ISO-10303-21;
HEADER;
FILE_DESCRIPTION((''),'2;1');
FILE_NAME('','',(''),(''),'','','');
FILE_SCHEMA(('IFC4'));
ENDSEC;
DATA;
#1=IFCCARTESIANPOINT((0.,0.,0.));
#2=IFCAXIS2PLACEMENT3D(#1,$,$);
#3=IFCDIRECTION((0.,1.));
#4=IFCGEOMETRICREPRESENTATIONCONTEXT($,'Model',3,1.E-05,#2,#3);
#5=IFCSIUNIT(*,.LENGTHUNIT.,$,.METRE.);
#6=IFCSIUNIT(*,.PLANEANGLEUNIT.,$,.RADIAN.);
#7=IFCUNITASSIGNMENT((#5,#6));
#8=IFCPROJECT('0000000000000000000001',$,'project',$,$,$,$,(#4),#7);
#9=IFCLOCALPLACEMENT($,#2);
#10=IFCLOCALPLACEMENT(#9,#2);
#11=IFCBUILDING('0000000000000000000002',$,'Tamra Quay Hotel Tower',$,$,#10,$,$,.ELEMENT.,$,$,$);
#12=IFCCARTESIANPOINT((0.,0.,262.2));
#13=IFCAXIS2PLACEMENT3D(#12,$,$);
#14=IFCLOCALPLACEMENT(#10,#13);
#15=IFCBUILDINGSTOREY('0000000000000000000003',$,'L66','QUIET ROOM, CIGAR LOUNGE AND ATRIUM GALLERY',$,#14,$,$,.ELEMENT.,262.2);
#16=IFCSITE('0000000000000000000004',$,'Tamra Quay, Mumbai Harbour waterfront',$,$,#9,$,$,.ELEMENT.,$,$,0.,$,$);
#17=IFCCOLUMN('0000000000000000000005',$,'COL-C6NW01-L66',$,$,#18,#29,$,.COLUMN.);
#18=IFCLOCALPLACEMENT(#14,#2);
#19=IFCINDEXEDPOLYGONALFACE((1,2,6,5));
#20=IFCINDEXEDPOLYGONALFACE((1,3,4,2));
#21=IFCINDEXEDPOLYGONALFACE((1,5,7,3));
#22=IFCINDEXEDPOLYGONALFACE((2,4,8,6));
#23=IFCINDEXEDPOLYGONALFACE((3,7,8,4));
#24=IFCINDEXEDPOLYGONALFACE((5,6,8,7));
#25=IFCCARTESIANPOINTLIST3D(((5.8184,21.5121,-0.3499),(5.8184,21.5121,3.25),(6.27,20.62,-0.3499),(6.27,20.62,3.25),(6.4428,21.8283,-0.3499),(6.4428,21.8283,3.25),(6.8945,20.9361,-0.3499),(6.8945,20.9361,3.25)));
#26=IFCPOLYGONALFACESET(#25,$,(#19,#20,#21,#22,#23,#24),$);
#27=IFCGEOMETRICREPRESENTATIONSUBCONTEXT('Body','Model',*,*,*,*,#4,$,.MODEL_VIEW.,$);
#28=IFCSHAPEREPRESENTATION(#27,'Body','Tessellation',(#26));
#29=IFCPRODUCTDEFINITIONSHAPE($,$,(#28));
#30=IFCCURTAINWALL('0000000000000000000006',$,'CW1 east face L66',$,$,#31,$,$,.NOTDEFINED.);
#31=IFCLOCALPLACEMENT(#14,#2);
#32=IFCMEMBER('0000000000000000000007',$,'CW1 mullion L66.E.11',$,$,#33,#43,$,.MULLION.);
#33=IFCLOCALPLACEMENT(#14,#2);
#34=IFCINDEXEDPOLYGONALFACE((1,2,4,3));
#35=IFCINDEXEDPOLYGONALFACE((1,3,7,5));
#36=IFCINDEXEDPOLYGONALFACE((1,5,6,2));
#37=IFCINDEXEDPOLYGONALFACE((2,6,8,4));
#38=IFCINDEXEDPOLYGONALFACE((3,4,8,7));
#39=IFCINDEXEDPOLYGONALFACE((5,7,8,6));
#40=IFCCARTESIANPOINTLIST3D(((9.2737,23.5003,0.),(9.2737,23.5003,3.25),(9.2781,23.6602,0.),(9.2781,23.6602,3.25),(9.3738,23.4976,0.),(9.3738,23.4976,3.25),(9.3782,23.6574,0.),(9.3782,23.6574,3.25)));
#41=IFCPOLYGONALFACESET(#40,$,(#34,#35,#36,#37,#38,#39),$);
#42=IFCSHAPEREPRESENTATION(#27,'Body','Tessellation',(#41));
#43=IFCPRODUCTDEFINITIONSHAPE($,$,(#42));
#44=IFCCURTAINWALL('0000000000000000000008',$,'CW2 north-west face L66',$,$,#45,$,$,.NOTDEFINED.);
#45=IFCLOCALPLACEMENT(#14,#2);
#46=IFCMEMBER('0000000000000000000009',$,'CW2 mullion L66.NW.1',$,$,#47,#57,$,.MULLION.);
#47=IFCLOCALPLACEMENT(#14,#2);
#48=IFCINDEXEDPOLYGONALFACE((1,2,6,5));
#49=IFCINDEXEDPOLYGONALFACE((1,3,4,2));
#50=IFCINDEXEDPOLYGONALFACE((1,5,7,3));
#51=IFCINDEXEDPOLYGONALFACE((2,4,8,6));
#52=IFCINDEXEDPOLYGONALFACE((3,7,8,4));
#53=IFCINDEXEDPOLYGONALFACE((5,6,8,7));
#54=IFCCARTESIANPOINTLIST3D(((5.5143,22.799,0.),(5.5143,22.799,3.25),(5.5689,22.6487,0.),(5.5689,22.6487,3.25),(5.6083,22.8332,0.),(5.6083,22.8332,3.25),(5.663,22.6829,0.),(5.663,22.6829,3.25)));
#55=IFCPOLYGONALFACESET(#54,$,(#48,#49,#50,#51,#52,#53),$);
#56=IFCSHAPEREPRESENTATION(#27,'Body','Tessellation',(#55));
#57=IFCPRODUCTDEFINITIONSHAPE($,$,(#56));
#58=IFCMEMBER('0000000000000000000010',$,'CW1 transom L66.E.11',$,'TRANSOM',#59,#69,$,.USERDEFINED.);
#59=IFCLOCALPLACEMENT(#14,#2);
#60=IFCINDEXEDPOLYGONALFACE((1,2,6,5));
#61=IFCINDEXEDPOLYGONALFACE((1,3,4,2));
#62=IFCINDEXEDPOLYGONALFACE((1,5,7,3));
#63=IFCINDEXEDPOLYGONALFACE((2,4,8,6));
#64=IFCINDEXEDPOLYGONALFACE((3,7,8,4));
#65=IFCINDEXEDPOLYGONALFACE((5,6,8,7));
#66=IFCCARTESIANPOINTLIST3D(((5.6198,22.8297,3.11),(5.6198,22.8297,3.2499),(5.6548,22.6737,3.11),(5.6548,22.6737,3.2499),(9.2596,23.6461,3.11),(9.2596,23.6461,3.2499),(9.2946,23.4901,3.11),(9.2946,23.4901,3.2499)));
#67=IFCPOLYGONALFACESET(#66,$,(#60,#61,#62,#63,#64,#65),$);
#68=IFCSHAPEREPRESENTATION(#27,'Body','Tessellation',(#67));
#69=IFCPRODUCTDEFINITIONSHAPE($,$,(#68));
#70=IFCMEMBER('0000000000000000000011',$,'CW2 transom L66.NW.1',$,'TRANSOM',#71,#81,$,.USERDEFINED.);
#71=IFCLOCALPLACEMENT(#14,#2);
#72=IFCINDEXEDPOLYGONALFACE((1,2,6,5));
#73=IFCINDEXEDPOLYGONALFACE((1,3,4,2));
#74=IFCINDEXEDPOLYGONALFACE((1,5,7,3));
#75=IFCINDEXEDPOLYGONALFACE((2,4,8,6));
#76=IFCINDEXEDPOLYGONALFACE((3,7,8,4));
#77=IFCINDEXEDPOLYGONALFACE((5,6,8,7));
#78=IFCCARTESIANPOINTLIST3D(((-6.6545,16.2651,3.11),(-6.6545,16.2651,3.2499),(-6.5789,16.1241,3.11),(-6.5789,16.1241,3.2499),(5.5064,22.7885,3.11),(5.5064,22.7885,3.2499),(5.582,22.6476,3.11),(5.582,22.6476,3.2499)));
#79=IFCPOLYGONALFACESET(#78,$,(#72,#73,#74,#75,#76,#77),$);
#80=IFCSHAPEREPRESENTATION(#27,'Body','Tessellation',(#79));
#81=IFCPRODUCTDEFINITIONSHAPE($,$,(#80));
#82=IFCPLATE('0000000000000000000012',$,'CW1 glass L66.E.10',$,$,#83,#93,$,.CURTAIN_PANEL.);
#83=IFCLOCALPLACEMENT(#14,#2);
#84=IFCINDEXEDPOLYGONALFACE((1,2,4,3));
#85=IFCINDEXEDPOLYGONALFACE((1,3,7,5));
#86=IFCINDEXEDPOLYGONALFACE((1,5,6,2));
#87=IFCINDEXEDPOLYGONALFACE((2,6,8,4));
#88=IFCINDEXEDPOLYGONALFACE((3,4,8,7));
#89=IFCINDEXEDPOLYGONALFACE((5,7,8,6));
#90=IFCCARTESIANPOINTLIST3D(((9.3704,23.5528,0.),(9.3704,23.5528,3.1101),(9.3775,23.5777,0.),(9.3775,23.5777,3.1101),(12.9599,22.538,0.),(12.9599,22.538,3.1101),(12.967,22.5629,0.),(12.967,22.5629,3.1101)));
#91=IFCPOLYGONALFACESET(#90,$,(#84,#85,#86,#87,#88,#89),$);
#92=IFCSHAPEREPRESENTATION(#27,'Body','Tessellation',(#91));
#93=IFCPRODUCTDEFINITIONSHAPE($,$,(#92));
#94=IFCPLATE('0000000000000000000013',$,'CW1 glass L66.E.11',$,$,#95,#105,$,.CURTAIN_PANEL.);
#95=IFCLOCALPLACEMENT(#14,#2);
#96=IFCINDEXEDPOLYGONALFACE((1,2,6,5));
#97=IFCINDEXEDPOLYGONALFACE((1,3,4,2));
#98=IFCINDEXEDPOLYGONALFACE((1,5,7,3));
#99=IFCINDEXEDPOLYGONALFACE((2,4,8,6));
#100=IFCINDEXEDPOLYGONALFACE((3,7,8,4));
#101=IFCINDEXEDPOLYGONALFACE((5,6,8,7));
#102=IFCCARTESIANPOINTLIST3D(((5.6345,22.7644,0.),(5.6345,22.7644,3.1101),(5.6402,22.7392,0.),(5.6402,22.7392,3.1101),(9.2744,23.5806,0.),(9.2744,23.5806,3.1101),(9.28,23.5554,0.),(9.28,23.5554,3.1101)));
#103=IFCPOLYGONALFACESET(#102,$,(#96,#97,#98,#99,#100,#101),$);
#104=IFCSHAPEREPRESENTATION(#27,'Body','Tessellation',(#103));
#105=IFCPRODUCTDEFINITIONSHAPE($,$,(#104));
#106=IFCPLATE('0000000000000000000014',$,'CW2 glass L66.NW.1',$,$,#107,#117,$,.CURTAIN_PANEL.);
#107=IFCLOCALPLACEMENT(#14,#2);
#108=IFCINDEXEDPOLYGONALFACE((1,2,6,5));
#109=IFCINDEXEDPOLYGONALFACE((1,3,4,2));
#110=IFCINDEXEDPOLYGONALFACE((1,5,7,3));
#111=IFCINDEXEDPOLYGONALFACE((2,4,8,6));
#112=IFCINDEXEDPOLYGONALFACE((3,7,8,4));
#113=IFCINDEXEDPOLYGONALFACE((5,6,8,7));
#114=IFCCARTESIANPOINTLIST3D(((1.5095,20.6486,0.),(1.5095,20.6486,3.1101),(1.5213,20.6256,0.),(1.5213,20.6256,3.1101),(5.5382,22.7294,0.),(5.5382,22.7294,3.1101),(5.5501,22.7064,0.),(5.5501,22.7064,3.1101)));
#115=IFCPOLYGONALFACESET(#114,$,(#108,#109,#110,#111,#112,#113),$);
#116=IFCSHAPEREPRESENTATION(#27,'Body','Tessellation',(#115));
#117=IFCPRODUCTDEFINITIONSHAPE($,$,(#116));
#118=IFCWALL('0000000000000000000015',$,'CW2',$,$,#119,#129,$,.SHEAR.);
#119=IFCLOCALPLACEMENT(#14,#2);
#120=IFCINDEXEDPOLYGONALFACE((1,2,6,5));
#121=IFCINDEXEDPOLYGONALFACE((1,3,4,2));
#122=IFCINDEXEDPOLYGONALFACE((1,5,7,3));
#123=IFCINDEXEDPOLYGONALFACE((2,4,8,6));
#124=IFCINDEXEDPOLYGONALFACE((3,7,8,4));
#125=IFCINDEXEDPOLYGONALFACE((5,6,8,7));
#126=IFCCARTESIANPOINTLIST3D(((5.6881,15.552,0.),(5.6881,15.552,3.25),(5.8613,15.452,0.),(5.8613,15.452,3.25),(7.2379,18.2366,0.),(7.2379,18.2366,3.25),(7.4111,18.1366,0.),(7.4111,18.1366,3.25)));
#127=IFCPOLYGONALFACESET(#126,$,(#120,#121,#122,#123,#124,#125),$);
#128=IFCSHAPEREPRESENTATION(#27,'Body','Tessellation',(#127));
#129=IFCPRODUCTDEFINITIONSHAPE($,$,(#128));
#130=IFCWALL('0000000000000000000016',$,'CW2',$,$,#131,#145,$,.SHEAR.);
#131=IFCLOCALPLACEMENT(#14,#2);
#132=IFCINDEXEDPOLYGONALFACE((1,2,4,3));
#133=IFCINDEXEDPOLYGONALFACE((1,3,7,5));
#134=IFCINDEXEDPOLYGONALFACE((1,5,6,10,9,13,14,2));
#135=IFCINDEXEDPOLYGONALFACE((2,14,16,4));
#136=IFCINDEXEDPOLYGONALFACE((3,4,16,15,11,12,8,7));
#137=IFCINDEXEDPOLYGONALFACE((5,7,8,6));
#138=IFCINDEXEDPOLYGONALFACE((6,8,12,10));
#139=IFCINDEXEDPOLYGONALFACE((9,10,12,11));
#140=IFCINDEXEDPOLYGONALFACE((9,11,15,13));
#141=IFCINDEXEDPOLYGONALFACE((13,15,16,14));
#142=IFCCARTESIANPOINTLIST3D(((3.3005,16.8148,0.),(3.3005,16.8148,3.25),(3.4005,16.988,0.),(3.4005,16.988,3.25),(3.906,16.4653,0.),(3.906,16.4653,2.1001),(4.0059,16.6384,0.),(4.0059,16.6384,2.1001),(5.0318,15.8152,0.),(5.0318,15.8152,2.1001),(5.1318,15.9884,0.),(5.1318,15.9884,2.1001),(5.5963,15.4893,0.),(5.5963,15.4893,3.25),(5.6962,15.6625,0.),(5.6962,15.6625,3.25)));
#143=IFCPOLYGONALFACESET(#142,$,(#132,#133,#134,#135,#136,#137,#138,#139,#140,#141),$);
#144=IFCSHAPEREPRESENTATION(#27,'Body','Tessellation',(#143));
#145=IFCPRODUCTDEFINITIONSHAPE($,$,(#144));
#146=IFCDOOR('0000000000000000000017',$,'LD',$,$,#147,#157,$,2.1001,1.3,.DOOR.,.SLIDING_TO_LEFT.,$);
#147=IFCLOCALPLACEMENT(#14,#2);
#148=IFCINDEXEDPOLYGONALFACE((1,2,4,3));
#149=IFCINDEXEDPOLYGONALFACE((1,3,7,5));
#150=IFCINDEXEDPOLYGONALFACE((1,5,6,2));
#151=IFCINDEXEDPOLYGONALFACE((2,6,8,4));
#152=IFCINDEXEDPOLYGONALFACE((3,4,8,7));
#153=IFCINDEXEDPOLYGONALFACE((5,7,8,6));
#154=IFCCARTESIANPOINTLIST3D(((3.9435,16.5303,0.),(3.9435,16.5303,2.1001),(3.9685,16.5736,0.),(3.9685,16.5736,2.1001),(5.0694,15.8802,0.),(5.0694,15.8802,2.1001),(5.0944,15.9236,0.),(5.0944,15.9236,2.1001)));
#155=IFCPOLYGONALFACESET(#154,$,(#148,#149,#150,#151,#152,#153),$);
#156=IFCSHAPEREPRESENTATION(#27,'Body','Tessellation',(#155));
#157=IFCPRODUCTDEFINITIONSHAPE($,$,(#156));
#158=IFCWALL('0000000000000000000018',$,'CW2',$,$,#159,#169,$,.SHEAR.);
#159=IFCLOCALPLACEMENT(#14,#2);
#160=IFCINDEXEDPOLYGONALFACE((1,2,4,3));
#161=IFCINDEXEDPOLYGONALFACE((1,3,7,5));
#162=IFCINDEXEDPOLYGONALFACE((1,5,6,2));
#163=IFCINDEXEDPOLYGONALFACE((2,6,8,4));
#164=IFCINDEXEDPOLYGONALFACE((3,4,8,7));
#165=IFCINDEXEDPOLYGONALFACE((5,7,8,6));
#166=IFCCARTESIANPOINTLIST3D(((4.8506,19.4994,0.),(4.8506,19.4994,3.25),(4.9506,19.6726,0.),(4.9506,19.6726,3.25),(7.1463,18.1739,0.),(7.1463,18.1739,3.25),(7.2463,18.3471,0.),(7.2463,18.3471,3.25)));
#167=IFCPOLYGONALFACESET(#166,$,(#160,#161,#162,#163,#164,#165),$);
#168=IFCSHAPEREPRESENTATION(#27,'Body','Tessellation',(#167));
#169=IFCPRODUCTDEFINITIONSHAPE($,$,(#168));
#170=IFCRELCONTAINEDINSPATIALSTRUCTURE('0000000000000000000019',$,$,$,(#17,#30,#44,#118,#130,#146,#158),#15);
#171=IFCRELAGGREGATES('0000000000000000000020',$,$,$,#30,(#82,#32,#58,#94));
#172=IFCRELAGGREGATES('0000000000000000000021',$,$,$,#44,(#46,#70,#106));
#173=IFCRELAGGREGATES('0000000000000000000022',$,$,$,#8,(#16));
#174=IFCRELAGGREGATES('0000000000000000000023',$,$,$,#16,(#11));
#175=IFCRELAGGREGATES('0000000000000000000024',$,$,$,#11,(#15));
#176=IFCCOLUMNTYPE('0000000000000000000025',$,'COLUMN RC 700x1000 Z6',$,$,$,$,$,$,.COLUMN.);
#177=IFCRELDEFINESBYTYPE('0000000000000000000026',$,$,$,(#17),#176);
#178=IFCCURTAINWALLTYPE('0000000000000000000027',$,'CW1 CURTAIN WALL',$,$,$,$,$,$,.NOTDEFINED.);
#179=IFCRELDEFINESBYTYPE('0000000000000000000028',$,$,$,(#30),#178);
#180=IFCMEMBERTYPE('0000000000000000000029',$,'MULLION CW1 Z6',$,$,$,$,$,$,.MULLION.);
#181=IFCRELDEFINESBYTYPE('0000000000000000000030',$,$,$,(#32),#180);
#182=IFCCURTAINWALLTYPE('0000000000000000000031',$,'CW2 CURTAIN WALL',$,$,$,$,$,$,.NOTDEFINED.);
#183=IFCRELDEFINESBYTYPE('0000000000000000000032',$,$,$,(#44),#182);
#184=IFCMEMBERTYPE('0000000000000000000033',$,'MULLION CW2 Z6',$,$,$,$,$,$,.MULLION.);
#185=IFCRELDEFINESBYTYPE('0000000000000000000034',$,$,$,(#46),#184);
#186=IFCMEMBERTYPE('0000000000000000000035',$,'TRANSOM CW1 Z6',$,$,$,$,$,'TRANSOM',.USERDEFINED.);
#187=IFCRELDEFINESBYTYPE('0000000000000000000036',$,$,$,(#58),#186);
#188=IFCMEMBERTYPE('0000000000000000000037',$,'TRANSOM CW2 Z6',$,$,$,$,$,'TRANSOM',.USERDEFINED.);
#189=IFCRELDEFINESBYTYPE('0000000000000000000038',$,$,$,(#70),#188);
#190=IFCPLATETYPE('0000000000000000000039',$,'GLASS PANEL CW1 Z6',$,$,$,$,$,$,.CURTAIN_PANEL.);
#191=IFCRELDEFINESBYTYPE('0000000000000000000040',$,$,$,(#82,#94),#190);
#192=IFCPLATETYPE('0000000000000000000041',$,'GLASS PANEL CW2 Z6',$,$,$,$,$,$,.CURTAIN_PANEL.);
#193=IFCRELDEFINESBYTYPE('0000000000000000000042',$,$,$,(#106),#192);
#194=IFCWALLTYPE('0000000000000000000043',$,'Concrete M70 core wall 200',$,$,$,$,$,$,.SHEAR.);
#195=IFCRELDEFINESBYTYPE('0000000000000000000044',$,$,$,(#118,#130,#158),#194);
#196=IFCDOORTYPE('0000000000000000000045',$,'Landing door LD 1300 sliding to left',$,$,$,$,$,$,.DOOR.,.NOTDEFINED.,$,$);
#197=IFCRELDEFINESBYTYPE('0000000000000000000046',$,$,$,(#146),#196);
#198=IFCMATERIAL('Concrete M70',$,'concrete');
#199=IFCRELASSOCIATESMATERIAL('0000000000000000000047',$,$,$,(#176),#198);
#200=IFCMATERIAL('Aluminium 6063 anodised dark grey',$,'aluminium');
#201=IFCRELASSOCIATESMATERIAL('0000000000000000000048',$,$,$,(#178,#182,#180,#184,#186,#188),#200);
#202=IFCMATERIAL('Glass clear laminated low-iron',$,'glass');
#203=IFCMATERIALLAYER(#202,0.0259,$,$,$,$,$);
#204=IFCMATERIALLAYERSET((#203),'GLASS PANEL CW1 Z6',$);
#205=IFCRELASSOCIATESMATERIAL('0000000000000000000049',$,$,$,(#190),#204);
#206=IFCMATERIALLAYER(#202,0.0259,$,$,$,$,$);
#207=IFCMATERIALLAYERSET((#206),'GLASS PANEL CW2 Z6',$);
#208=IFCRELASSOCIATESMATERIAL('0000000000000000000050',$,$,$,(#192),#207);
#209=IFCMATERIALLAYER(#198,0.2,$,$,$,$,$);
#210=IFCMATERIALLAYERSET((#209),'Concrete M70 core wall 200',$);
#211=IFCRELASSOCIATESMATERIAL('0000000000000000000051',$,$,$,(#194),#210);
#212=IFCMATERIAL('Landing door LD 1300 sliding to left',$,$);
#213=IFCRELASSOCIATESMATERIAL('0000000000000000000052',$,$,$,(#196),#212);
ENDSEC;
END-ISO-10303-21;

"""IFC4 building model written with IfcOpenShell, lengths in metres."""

from ifc_helpers import new_model, si_unit, direction, frame, frame_2d, origin, origin_2d, place, context, subcontext, project, spatial, rectangle, extrude, material, layer, layer_set, material_profile, profile_set, type_object, element, fill, aggregate, save


model = new_model("IFC4")

# Units and contexts
model_context = context("Model", 3, precision=1e-05, world=origin(), true_north=direction((0.0, 1.0)))
body_context = subcontext(model_context, "Body", "Model", "MODEL_VIEW")
ifc_project = project(units=[si_unit("LENGTHUNIT", "METRE"), si_unit("PLANEANGLEUNIT", "RADIAN")], contexts=[model_context])

# Site, building, storey
site_placement = place(None, origin())
site = spatial("IfcSite", under=ifc_project, at=site_placement, Name="Tamra Quay, Mumbai Harbour waterfront", CompositionType="ELEMENT", RefElevation=0.0)
building_placement = place(site_placement, origin())
building = spatial("IfcBuilding", under=site, at=building_placement, Name="Tamra Quay Hotel Tower", CompositionType="ELEMENT")
storey_placement = place(building_placement, frame((0.0, 0.0, 262.2)))
storey = spatial("IfcBuildingStorey", under=building, at=storey_placement, Name="L66", Description="QUIET ROOM, CIGAR LOUNGE AND ATRIUM GALLERY", CompositionType="ELEMENT", Elevation=262.2)

# Column
ifc_material_1 = material(Name="Concrete M70", Category="concrete")
ifc_material_profile_1 = material_profile(ifc_material_1, rectangle(XDim=1.0, YDim=0.7, at=origin_2d()), Name="COLUMN RC 700x1000 Z6")
ifc_profile_set_1 = profile_set([ifc_material_profile_1], Name="Concrete M70")
column_type = type_object("IfcColumnType", Name="COLUMN RC 700x1000 Z6", PredefinedType="COLUMN", material=ifc_profile_set_1)
column_placement = place(storey_placement, frame((6.3564, 21.2241, -0.3499), z_axis=(0.0, 0.0, 1.0), x_axis=(-0.451686, 0.892177, 0.0)))
element("IfcColumn", 1, at=column_placement, inside=storey, type_object=column_type, Name="COL-C6NW01-L66", PredefinedType="COLUMN", context=body_context, shape_type="SweptSolid", body=[
    extrude(rectangle(XDim=1.0, YDim=0.7, at=origin_2d()), origin(), (0.0, 0.0, 1.0), 3.5999),
])

# Curtain walls, members
ifc_material_2 = material(Name="Aluminium 6063 anodised dark grey", Category="aluminium")
curtain_wall_type_1 = type_object("IfcCurtainWallType", Name="CW1 CURTAIN WALL", PredefinedType="NOTDEFINED", material=ifc_material_2)
curtain_wall_1_placement = place(storey_placement, origin())
curtain_wall_1 = element("IfcCurtainWall", 2, at=curtain_wall_1_placement, inside=storey, type_object=curtain_wall_type_1, Name="CW1 east face L66", PredefinedType="NOTDEFINED")
ifc_material_profile_2 = material_profile(ifc_material_2, rectangle(XDim=0.1599, YDim=0.1001, at=origin_2d()), Name="MULLION 100X160")
ifc_profile_set_2 = profile_set([ifc_material_profile_2], Name="Aluminium 6063 anodised dark grey")
member_type_1 = type_object("IfcMemberType", Name="MULLION CW1 Z6", PredefinedType="MULLION", material=ifc_profile_set_2)
member_1_placement = place(storey_placement, frame((9.3259, 23.5789, 0.0), z_axis=(0.0, 0.0, 1.0), x_axis=(0.027469, 0.999623, 0.0)))
member_1 = element("IfcMember", 3, at=member_1_placement, type_object=member_type_1, Name="CW1 mullion L66.E.11", PredefinedType="MULLION", context=body_context, shape_type="SweptSolid", body=[
    extrude(rectangle(XDim=0.1599, YDim=0.1001, at=origin_2d()), origin(), (0.0, 0.0, 1.0), 3.25),
])
curtain_wall_type_2 = type_object("IfcCurtainWallType", Name="CW2 CURTAIN WALL", PredefinedType="NOTDEFINED", material=ifc_material_2)
curtain_wall_2_placement = place(storey_placement, origin())
curtain_wall_2 = element("IfcCurtainWall", 4, at=curtain_wall_2_placement, inside=storey, type_object=curtain_wall_type_2, Name="CW2 north-west face L66", PredefinedType="NOTDEFINED")
ifc_material_profile_3 = material_profile(ifc_material_2, rectangle(XDim=0.1599, YDim=0.1001, at=origin_2d()), Name="MULLION 100X160")
ifc_profile_set_3 = profile_set([ifc_material_profile_3], Name="Aluminium 6063 anodised dark grey")
member_type_2 = type_object("IfcMemberType", Name="MULLION CW2 Z6", PredefinedType="MULLION", material=ifc_profile_set_3)
member_2_placement = place(storey_placement, frame((5.5886, 22.741, 0.0), z_axis=(0.0, 0.0, 1.0), x_axis=(-0.341653, 0.939826, 0.0)))
member_2 = element("IfcMember", 5, at=member_2_placement, type_object=member_type_2, Name="CW2 mullion L66.NW.1", PredefinedType="MULLION", context=body_context, shape_type="SweptSolid", body=[
    extrude(rectangle(XDim=0.1599, YDim=0.1001, at=origin_2d()), origin(), (0.0, 0.0, 1.0), 3.25),
])

# Members
ifc_material_profile_4 = material_profile(ifc_material_2, rectangle(XDim=0.1599, YDim=0.1399, at=origin_2d()), Name="TRANSOM 160X140")
ifc_profile_set_4 = profile_set([ifc_material_profile_4], Name="Aluminium 6063 anodised dark grey")
member_type_3 = type_object("IfcMemberType", Name="TRANSOM CW1 Z6", ElementType="TRANSOM", PredefinedType="USERDEFINED", material=ifc_profile_set_4)
member_3_placement = place(storey_placement, frame((9.2771, 23.5681, 3.1799), z_axis=(-0.975757, -0.218857, 0.0), x_axis=(0.218857, -0.975757, 0.0)))
member_3 = element("IfcMember", 6, at=member_3_placement, type_object=member_type_3, Name="CW1 transom L66.E.11", ObjectType="TRANSOM", PredefinedType="USERDEFINED", context=body_context, shape_type="SweptSolid", body=[
    extrude(rectangle(XDim=0.1599, YDim=0.1399, at=origin_2d()), origin(), (0.0, 0.0, 1.0), 3.7302),
])
ifc_material_profile_5 = material_profile(ifc_material_2, rectangle(XDim=0.1599, YDim=0.1399, at=origin_2d()), Name="TRANSOM 160X140")
ifc_profile_set_5 = profile_set([ifc_material_profile_5], Name="Aluminium 6063 anodised dark grey")
member_type_4 = type_object("IfcMemberType", Name="TRANSOM CW2 Z6", ElementType="TRANSOM", PredefinedType="USERDEFINED", material=ifc_profile_set_5)
member_4_placement = place(storey_placement, frame((5.5442, 22.718, 3.1799), z_axis=(-0.881218, -0.47271, 0.0), x_axis=(0.47271, -0.881218, 0.0)))
member_4 = element("IfcMember", 7, at=member_4_placement, type_object=member_type_4, Name="CW2 transom L66.NW.1", ObjectType="TRANSOM", PredefinedType="USERDEFINED", context=body_context, shape_type="SweptSolid", body=[
    extrude(rectangle(XDim=0.1599, YDim=0.1399, at=origin_2d()), origin(), (0.0, 0.0, 1.0), 13.8),
])

# Plates
ifc_material_3 = material(Name="Glass clear laminated low-iron", Category="glass")
ifc_layer_1 = layer(ifc_material_3, 0.0259)
ifc_layer_set_1 = layer_set([ifc_layer_1], Name="GLASS PANEL CW1 Z6")
plate_type_1 = type_object("IfcPlateType", Name="GLASS PANEL CW1 Z6", PredefinedType="CURTAIN_PANEL", material=ifc_layer_set_1)
plate_1_placement = place(storey_placement, frame((11.1687, 23.0579, 0.0), z_axis=(0.0, 0.0, 1.0), x_axis=(-0.96228, 0.272062, 0.0)))
plate_1 = element("IfcPlate", 8, at=plate_1_placement, type_object=plate_type_1, Name="CW1 glass L66.E.10", PredefinedType="CURTAIN_PANEL", context=body_context, shape_type="SweptSolid", body=[
    extrude(rectangle(XDim=3.7302, YDim=0.0259, at=origin_2d()), origin(), (0.0, 0.0, 1.0), 3.1101),
])
plate_2_placement = place(storey_placement, frame((7.4573, 23.1599, 0.0), z_axis=(0.0, 0.0, 1.0), x_axis=(-0.975768, -0.218806, 0.0)))
plate_2 = element("IfcPlate", 9, at=plate_2_placement, type_object=plate_type_1, Name="CW1 glass L66.E.11", PredefinedType="CURTAIN_PANEL", context=body_context, shape_type="SweptSolid", body=[
    extrude(rectangle(XDim=3.7302, YDim=0.0259, at=origin_2d()), origin(), (0.0, 0.0, 1.0), 3.1101),
])
aggregate(curtain_wall_1, [plate_1, member_1, member_3, plate_2])
ifc_layer_2 = layer(ifc_material_3, 0.0259)
ifc_layer_set_2 = layer_set([ifc_layer_2], Name="GLASS PANEL CW2 Z6")
plate_type_2 = type_object("IfcPlateType", Name="GLASS PANEL CW2 Z6", PredefinedType="CURTAIN_PANEL", material=ifc_layer_set_2)
plate_3_placement = place(storey_placement, frame((3.5298, 21.6775, 0.0), z_axis=(0.0, 0.0, 1.0), x_axis=(-0.888486, -0.458903, 0.0)))
plate_3 = element("IfcPlate", 10, at=plate_3_placement, type_object=plate_type_2, Name="CW2 glass L66.NW.1", PredefinedType="CURTAIN_PANEL", context=body_context, shape_type="SweptSolid", body=[
    extrude(rectangle(XDim=4.5344, YDim=0.0259, at=origin_2d()), origin(), (0.0, 0.0, 1.0), 3.1101),
])
aggregate(curtain_wall_2, [member_2, member_4, plate_3])

# Wall
ifc_layer_3 = layer(ifc_material_1, 0.2)
ifc_layer_set_3 = layer_set([ifc_layer_3], Name="Concrete M70 core wall 200")
wall_type_1 = type_object("IfcWallType", Name="Concrete M70 core wall 200", PredefinedType="SHEAR", material=ifc_layer_set_3)
wall_1_placement = place(storey_placement, frame((7.3245, 18.1865, 0.0), z_axis=(0.0, 0.0, 1.0), x_axis=(-0.499968, -0.866044, 0.0)))
element("IfcWall", 11, at=wall_1_placement, inside=storey, type_object=wall_type_1, Name="CW2", PredefinedType="SHEAR", context=body_context, shape_type="SweptSolid", body=[
    extrude(rectangle(XDim=3.0999, YDim=0.2, at=frame_2d((1.5498, 0.0))), origin(), (0.0, 0.0, 1.0), 3.25),
])

# Wall, opening, door
wall_2_placement = place(storey_placement, frame((5.6462, 15.5759, 0.0), z_axis=(0.0, 0.0, 1.0), x_axis=(-0.866018, 0.500012, 0.0)))
wall_2 = element("IfcWall", 12, at=wall_2_placement, inside=storey, type_object=wall_type_1, Name="CW2", PredefinedType="SHEAR", context=body_context, shape_type="SweptSolid", body=[
    extrude(rectangle(XDim=2.6509, YDim=0.2, at=frame_2d((1.3254, 0.0))), origin(), (0.0, 0.0, 1.0), 3.25),
])
opening_1_placement = place(wall_2_placement, frame((0.6519, 0.0, 0.0)))
opening_1 = element("IfcOpeningElement", 13, at=opening_1_placement, cuts=wall_2, PredefinedType="OPENING", context=body_context, shape_type="SweptSolid", body=[
    extrude(rectangle(XDim=1.3, YDim=2.1001, at=frame_2d((0.6499, 1.05))), frame((0.0, 0.1099, 0.0), z_axis=(0.0, -1.0, 0.0), x_axis=(1.0, 0.0, 0.0)), (0.0, 0.0, 1.0), 0.22),
])
ifc_material_4 = material(Name="Landing door LD 1300 sliding to left")
door_type_1 = type_object("IfcDoorType", Name="Landing door LD 1300 sliding to left", OperationType="NOTDEFINED", PredefinedType="DOOR", material=ifc_material_4)
door_1_placement = place(opening_1_placement, origin())
door_1 = element("IfcDoor", 14, at=door_1_placement, inside=storey, type_object=door_type_1, Name="LD", OperationType="SLIDING_TO_LEFT", OverallHeight=2.1001, OverallWidth=1.3, PredefinedType="DOOR", context=body_context, shape_type="SweptSolid", body=[
    extrude(rectangle(XDim=1.3, YDim=2.1001, at=frame_2d((0.6499, 1.05))), frame((0.0, 0.0249, 0.0), z_axis=(0.0, -1.0, 0.0), x_axis=(1.0, 0.0, 0.0)), (0.0, 0.0, 1.0), 0.05),
])
fill(opening_1, door_1)

# Wall
wall_3_placement = place(storey_placement, frame((7.1963, 18.2605, 0.0), z_axis=(0.0, 0.0, 1.0), x_axis=(-0.866018, 0.500012, 0.0)))
element("IfcWall", 15, at=wall_3_placement, inside=storey, type_object=wall_type_1, Name="CW2", PredefinedType="SHEAR", context=body_context, shape_type="SweptSolid", body=[
    extrude(rectangle(XDim=2.6509, YDim=0.2, at=frame_2d((1.3254, 0.0))), origin(), (0.0, 0.0, 1.0), 3.25),
])

save(model, "model.ifc")
